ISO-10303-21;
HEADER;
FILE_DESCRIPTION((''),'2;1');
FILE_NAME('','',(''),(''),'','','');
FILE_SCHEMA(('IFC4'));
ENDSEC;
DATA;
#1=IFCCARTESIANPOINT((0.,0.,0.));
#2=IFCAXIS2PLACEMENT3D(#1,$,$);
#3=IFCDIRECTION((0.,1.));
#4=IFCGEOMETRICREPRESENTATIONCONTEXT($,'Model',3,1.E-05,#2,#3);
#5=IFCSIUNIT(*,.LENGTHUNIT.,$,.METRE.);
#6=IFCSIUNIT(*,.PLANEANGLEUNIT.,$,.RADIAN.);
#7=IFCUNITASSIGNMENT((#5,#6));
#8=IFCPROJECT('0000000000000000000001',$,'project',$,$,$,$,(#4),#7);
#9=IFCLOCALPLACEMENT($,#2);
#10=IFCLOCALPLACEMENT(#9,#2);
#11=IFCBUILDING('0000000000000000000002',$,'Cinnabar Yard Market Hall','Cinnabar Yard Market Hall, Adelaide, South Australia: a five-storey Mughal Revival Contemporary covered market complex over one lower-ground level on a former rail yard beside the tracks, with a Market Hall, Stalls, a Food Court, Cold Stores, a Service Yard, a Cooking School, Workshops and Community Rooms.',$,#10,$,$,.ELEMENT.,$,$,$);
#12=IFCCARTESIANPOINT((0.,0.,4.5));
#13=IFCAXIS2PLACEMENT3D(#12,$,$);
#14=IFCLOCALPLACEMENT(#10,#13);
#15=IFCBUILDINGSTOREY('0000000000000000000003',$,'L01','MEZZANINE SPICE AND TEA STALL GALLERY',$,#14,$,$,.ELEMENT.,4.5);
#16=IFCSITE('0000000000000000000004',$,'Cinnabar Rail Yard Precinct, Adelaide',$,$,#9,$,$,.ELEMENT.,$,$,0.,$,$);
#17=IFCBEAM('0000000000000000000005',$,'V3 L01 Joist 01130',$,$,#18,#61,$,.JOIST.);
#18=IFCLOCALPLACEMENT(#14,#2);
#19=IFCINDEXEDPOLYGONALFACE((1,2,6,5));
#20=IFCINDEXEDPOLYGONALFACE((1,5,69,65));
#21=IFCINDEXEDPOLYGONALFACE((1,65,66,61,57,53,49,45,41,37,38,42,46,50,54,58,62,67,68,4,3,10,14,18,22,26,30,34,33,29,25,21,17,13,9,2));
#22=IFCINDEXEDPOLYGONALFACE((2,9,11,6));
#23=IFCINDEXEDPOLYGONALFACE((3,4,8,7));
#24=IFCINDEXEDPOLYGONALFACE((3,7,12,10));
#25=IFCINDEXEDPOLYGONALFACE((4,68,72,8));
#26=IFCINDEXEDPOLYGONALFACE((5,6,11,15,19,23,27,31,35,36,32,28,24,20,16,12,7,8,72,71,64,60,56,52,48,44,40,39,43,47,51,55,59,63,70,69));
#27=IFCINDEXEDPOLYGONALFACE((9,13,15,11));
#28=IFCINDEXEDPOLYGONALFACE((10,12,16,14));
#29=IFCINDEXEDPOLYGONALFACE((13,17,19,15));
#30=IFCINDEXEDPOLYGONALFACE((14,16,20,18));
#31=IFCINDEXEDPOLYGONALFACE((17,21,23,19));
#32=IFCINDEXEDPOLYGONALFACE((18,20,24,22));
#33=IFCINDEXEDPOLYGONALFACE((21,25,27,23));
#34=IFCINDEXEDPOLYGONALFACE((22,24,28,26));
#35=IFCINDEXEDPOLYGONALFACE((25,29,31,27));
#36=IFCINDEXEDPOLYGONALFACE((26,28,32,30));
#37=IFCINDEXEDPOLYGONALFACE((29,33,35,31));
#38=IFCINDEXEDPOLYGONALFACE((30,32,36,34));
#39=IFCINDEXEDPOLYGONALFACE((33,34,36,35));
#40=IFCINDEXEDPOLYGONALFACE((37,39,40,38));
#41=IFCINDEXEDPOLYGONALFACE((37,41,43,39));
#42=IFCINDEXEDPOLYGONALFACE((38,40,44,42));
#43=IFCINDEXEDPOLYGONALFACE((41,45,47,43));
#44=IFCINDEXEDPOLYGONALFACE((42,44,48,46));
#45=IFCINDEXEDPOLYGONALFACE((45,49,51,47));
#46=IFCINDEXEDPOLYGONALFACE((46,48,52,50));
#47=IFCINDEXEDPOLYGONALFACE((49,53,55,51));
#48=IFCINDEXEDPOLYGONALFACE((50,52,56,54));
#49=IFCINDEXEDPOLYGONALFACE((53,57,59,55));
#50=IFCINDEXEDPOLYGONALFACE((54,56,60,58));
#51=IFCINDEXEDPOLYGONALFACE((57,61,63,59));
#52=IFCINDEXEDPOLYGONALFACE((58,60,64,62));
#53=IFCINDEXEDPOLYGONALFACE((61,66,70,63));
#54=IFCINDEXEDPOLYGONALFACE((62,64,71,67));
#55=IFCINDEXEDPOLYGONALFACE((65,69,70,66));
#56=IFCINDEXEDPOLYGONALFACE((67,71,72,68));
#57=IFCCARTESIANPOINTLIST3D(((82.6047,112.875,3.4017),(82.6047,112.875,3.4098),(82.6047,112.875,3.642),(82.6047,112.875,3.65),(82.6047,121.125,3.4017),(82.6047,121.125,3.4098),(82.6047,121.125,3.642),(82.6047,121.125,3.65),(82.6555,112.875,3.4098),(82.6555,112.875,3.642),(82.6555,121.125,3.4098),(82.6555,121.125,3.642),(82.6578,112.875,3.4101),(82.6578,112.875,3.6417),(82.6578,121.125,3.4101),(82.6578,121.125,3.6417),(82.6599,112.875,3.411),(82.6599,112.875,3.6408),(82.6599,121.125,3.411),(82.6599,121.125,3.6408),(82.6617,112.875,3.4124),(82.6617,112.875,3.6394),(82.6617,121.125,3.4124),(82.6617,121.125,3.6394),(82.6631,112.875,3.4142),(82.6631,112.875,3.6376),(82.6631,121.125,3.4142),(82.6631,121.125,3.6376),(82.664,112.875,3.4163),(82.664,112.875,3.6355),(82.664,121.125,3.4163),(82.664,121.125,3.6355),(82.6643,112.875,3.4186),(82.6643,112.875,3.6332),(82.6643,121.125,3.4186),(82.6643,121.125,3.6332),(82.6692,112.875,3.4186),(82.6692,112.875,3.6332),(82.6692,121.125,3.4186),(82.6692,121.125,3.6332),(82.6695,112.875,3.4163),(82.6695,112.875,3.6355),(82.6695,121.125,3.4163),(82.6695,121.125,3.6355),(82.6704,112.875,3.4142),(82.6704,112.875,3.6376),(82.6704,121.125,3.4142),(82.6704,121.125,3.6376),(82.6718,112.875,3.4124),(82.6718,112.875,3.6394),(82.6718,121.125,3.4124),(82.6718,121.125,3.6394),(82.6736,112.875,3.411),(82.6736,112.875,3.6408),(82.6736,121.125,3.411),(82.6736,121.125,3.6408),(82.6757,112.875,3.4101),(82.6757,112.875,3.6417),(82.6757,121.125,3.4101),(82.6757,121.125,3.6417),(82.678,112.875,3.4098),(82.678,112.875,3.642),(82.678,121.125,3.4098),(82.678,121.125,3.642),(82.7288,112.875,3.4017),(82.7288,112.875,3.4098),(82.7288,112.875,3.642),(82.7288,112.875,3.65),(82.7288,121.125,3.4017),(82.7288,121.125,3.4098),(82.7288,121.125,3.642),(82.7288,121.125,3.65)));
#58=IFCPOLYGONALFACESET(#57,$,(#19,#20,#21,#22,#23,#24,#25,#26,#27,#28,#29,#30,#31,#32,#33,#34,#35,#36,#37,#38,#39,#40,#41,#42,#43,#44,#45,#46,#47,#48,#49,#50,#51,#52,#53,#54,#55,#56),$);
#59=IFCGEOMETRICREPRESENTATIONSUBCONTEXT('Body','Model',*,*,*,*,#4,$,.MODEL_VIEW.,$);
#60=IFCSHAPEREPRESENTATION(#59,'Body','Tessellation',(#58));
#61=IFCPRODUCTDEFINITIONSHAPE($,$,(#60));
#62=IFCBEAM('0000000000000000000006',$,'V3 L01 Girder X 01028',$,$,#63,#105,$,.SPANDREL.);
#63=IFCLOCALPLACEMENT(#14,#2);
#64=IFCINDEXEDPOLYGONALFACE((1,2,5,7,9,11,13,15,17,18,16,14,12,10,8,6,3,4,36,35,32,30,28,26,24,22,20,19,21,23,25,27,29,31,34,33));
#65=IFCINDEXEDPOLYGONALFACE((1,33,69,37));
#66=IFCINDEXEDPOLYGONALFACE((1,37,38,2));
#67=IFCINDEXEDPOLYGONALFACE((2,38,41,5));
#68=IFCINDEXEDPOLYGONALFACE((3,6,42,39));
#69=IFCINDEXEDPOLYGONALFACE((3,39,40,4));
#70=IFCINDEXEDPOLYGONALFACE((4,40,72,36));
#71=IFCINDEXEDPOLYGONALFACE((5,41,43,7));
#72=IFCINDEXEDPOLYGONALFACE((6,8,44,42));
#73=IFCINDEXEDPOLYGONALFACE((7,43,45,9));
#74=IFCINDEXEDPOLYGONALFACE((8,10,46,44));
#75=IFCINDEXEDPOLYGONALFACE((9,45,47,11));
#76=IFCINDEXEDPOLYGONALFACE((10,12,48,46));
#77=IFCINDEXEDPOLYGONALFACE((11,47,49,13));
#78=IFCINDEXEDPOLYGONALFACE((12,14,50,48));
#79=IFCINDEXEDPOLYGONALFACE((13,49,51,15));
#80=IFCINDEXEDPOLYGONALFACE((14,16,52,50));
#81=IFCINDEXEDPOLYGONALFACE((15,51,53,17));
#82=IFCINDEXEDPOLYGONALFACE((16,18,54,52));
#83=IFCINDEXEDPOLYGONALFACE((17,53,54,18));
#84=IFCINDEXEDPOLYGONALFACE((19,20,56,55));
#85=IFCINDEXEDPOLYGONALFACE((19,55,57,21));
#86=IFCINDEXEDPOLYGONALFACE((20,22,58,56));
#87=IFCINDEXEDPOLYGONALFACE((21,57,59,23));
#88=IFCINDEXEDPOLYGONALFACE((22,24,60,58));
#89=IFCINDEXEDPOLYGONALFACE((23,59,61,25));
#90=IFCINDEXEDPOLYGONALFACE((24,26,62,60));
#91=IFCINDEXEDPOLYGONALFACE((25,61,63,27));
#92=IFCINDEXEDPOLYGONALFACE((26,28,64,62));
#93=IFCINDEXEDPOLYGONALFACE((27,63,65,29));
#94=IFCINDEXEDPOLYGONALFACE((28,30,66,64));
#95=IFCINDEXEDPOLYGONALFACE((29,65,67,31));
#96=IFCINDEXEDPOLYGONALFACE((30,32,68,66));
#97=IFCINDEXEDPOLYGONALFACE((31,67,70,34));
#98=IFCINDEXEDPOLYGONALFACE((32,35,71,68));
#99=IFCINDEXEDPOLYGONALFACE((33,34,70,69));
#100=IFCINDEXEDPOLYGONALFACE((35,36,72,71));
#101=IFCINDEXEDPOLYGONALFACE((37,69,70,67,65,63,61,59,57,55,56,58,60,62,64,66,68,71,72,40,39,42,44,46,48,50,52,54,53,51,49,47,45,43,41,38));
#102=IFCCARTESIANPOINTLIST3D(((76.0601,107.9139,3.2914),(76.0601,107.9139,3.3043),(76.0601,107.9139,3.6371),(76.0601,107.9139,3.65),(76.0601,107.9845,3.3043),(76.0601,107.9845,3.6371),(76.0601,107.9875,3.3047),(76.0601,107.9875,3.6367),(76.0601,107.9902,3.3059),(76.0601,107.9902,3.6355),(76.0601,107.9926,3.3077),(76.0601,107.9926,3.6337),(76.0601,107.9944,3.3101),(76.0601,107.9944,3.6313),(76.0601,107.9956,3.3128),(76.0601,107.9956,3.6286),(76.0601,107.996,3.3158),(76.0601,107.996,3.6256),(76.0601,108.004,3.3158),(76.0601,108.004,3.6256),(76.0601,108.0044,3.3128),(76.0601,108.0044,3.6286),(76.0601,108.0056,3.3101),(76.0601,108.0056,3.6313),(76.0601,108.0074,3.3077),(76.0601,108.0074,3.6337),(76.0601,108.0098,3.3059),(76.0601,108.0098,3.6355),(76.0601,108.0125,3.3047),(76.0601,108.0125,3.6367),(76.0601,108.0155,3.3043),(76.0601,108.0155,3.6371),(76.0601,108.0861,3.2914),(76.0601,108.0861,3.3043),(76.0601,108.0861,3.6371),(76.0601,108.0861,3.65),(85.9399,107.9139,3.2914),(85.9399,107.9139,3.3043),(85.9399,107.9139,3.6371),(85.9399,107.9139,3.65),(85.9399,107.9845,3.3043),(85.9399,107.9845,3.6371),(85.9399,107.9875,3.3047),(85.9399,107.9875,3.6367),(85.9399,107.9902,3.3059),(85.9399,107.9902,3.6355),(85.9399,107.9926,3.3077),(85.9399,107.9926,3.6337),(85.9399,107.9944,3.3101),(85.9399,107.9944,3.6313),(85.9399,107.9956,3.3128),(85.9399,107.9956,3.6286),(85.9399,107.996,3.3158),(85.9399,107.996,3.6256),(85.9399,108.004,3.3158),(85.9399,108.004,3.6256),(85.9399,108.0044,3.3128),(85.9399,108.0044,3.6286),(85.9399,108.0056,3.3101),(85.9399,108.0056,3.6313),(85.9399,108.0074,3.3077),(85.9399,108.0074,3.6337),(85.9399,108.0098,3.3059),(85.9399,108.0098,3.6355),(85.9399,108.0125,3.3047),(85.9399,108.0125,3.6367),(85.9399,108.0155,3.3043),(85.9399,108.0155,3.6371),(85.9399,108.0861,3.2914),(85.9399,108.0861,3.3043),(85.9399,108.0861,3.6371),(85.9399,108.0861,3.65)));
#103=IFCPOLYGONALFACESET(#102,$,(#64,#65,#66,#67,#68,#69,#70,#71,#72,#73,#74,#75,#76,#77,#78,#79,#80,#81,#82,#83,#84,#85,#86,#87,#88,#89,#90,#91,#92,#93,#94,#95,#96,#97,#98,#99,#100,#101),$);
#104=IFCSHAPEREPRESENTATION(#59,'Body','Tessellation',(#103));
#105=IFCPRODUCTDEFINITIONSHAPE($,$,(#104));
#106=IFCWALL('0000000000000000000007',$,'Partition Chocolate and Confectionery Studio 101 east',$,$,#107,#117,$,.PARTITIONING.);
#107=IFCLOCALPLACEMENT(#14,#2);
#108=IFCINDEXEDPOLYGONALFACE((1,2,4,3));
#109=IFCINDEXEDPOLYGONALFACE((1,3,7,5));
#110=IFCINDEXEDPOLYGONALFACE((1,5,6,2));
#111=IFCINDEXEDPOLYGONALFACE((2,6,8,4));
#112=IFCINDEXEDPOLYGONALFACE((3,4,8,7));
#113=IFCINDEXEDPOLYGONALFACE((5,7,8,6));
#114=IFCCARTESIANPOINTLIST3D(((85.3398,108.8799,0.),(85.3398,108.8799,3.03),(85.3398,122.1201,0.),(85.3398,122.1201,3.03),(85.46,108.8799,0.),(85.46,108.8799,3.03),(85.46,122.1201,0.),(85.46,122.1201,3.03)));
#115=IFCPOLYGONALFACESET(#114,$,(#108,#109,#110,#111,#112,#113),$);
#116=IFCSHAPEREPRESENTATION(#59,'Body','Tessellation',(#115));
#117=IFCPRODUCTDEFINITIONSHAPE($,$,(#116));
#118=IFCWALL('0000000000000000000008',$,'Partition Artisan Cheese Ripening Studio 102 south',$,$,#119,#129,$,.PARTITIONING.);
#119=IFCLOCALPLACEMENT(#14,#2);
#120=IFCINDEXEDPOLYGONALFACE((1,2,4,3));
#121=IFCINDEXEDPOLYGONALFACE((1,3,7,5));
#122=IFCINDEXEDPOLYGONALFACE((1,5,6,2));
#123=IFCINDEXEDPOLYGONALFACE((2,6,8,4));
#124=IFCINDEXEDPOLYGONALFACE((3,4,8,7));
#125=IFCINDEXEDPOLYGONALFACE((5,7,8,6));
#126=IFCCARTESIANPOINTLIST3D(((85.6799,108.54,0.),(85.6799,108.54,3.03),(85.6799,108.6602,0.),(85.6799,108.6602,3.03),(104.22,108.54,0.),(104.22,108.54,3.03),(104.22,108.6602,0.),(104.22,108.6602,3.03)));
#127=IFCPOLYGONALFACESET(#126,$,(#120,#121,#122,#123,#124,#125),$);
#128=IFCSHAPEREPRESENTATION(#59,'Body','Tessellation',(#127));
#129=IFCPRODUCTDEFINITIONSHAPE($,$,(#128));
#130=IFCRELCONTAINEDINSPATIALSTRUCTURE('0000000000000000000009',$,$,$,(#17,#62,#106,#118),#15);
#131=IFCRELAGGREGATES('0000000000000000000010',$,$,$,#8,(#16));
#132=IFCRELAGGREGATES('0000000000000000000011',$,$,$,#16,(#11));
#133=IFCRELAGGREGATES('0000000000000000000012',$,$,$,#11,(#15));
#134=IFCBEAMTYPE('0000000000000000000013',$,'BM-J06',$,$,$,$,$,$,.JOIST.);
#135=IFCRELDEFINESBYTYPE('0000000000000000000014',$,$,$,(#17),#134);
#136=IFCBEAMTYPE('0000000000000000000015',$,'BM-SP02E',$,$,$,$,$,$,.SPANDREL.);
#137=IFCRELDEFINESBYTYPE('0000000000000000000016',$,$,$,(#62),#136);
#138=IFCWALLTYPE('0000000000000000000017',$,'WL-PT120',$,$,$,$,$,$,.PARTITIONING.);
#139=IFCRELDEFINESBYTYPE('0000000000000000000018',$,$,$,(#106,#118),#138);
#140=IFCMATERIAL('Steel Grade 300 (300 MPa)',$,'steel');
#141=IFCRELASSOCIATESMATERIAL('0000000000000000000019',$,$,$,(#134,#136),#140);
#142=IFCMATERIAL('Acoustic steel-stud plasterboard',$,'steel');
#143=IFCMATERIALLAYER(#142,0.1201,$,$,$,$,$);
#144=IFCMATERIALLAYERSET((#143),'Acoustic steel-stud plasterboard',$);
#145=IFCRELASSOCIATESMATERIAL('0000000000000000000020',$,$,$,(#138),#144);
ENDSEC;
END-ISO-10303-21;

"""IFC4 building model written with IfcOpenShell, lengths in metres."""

from ifc_helpers import new_model, si_unit, direction, frame, frame_2d, origin, origin_2d_with_axis, place, context, subcontext, project, spatial, rectangle, i_section, extrude, material, layer, layer_set, material_profile, profile_set, type_object, element, save


model = new_model("IFC4")

# Units and contexts
model_context = context("Model", 3, precision=1e-05, world=origin(), true_north=direction((0.0, 1.0)))
body_context = subcontext(model_context, "Body", "Model", "MODEL_VIEW")
ifc_project = project(units=[si_unit("LENGTHUNIT", "METRE"), si_unit("PLANEANGLEUNIT", "RADIAN")], contexts=[model_context])

# Site, building, storey
site_placement = place(None, origin())
site = spatial("IfcSite", under=ifc_project, at=site_placement, Name="Cinnabar Rail Yard Precinct, Adelaide", CompositionType="ELEMENT", RefElevation=0.0)
building_placement = place(site_placement, origin())
building = spatial("IfcBuilding", under=site, at=building_placement, Name="Cinnabar Yard Market Hall", Description="Cinnabar Yard Market Hall, Adelaide, South Australia: a five-storey Mughal Revival Contemporary covered market complex over one lower-ground level on a former rail yard beside the tracks, with a Market Hall, Stalls, a Food Court, Cold Stores, a Service Yard, a Cooking School, Workshops and Community Rooms.", CompositionType="ELEMENT")
storey_placement = place(building_placement, frame((0.0, 0.0, 4.5)))
storey = spatial("IfcBuildingStorey", under=building, at=storey_placement, Name="L01", Description="MEZZANINE SPICE AND TEA STALL GALLERY", CompositionType="ELEMENT", Elevation=4.5)

# Shared definitions
ifc_material_1 = material(Name="Steel Grade 300 (300 MPa)", Category="steel")

# Beams
ifc_material_profile_1 = material_profile(ifc_material_1, i_section(OverallWidth=0.124, OverallDepth=0.2483, WebThickness=0.0049, FlangeThickness=0.0081, FilletRadius=0.0088, at=origin_2d_with_axis()), Name="250UB25.7")
ifc_profile_set_1 = profile_set([ifc_material_profile_1], Name="Steel Grade 300 (300 MPa)")
beam_type_1 = type_object("IfcBeamType", Name="BM-J06", PredefinedType="JOIST", material=ifc_profile_set_1)
for number, where, z_axis, x_axis, name in (
    (1, (82.6667, 112.875, 3.5259), (0.0, 1.0, 0.0), (-1.0, 0.0, 0.0), "V3 L01 Joist 01130"),
):
    element("IfcBeam", number, at=place(storey_placement, frame(where, z_axis=z_axis, x_axis=x_axis)), inside=storey, type_object=beam_type_1, Name=name, PredefinedType="JOIST", context=body_context, shape_type="SweptSolid", body=[
        extrude(i_section(OverallWidth=0.124, OverallDepth=0.2483, WebThickness=0.0049, FlangeThickness=0.0081, FilletRadius=0.0088, at=origin_2d_with_axis()), origin(), (0.0, 0.0, 1.0), 8.25),
    ])
ifc_material_profile_2 = material_profile(ifc_material_1, i_section(OverallWidth=0.1721, OverallDepth=0.3586, WebThickness=0.0081, FlangeThickness=0.0129, FilletRadius=0.0115, at=origin_2d_with_axis()), Name="360UB56.7")
ifc_profile_set_2 = profile_set([ifc_material_profile_2], Name="Steel Grade 300 (300 MPa)")
beam_type_2 = type_object("IfcBeamType", Name="BM-SP02E", PredefinedType="SPANDREL", material=ifc_profile_set_2)
beam_1_placement = place(storey_placement, frame((76.0601, 108.0, 3.4707), z_axis=(1.0, 0.0, 0.0), x_axis=(0.0, 1.0, 0.0)))
element("IfcBeam", 2, at=beam_1_placement, inside=storey, type_object=beam_type_2, Name="V3 L01 Girder X 01028", PredefinedType="SPANDREL", context=body_context, shape_type="SweptSolid", body=[
    extrude(i_section(OverallWidth=0.1721, OverallDepth=0.3586, WebThickness=0.0081, FlangeThickness=0.0129, FilletRadius=0.0115, at=origin_2d_with_axis()), origin(), (0.0, 0.0, 1.0), 9.8799),
])

# Walls
ifc_material_2 = material(Name="Acoustic steel-stud plasterboard", Category="steel")
ifc_layer = layer(ifc_material_2, 0.1201)
ifc_layer_set = layer_set([ifc_layer], Name="Acoustic steel-stud plasterboard")
wall_type = type_object("IfcWallType", Name="WL-PT120", PredefinedType="PARTITIONING", material=ifc_layer_set)
wall_1_placement = place(storey_placement, frame((85.3999, 108.8799, 0.0), z_axis=(0.0, 0.0, 1.0), x_axis=(0.0, 1.0, 0.0)))
element("IfcWall", 3, at=wall_1_placement, inside=storey, type_object=wall_type, Name="Partition Chocolate and Confectionery Studio 101 east", PredefinedType="PARTITIONING", context=body_context, shape_type="SweptSolid", body=[
    extrude(rectangle(XDim=13.2402, YDim=0.1201, at=frame_2d((6.6201, 0.0), x_axis=(1.0, 0.0))), origin(), (0.0, 0.0, 1.0), 3.03),
])
wall_2_placement = place(storey_placement, frame((85.6799, 108.6001, 0.0), z_axis=(0.0, 0.0, 1.0), x_axis=(1.0, 0.0, 0.0)))
element("IfcWall", 4, at=wall_2_placement, inside=storey, type_object=wall_type, Name="Partition Artisan Cheese Ripening Studio 102 south", PredefinedType="PARTITIONING", context=body_context, shape_type="SweptSolid", body=[
    extrude(rectangle(XDim=18.54, YDim=0.1201, at=frame_2d((9.27, 0.0), x_axis=(1.0, 0.0))), origin(), (0.0, 0.0, 1.0), 3.03),
])

save(model, "model.ifc")
